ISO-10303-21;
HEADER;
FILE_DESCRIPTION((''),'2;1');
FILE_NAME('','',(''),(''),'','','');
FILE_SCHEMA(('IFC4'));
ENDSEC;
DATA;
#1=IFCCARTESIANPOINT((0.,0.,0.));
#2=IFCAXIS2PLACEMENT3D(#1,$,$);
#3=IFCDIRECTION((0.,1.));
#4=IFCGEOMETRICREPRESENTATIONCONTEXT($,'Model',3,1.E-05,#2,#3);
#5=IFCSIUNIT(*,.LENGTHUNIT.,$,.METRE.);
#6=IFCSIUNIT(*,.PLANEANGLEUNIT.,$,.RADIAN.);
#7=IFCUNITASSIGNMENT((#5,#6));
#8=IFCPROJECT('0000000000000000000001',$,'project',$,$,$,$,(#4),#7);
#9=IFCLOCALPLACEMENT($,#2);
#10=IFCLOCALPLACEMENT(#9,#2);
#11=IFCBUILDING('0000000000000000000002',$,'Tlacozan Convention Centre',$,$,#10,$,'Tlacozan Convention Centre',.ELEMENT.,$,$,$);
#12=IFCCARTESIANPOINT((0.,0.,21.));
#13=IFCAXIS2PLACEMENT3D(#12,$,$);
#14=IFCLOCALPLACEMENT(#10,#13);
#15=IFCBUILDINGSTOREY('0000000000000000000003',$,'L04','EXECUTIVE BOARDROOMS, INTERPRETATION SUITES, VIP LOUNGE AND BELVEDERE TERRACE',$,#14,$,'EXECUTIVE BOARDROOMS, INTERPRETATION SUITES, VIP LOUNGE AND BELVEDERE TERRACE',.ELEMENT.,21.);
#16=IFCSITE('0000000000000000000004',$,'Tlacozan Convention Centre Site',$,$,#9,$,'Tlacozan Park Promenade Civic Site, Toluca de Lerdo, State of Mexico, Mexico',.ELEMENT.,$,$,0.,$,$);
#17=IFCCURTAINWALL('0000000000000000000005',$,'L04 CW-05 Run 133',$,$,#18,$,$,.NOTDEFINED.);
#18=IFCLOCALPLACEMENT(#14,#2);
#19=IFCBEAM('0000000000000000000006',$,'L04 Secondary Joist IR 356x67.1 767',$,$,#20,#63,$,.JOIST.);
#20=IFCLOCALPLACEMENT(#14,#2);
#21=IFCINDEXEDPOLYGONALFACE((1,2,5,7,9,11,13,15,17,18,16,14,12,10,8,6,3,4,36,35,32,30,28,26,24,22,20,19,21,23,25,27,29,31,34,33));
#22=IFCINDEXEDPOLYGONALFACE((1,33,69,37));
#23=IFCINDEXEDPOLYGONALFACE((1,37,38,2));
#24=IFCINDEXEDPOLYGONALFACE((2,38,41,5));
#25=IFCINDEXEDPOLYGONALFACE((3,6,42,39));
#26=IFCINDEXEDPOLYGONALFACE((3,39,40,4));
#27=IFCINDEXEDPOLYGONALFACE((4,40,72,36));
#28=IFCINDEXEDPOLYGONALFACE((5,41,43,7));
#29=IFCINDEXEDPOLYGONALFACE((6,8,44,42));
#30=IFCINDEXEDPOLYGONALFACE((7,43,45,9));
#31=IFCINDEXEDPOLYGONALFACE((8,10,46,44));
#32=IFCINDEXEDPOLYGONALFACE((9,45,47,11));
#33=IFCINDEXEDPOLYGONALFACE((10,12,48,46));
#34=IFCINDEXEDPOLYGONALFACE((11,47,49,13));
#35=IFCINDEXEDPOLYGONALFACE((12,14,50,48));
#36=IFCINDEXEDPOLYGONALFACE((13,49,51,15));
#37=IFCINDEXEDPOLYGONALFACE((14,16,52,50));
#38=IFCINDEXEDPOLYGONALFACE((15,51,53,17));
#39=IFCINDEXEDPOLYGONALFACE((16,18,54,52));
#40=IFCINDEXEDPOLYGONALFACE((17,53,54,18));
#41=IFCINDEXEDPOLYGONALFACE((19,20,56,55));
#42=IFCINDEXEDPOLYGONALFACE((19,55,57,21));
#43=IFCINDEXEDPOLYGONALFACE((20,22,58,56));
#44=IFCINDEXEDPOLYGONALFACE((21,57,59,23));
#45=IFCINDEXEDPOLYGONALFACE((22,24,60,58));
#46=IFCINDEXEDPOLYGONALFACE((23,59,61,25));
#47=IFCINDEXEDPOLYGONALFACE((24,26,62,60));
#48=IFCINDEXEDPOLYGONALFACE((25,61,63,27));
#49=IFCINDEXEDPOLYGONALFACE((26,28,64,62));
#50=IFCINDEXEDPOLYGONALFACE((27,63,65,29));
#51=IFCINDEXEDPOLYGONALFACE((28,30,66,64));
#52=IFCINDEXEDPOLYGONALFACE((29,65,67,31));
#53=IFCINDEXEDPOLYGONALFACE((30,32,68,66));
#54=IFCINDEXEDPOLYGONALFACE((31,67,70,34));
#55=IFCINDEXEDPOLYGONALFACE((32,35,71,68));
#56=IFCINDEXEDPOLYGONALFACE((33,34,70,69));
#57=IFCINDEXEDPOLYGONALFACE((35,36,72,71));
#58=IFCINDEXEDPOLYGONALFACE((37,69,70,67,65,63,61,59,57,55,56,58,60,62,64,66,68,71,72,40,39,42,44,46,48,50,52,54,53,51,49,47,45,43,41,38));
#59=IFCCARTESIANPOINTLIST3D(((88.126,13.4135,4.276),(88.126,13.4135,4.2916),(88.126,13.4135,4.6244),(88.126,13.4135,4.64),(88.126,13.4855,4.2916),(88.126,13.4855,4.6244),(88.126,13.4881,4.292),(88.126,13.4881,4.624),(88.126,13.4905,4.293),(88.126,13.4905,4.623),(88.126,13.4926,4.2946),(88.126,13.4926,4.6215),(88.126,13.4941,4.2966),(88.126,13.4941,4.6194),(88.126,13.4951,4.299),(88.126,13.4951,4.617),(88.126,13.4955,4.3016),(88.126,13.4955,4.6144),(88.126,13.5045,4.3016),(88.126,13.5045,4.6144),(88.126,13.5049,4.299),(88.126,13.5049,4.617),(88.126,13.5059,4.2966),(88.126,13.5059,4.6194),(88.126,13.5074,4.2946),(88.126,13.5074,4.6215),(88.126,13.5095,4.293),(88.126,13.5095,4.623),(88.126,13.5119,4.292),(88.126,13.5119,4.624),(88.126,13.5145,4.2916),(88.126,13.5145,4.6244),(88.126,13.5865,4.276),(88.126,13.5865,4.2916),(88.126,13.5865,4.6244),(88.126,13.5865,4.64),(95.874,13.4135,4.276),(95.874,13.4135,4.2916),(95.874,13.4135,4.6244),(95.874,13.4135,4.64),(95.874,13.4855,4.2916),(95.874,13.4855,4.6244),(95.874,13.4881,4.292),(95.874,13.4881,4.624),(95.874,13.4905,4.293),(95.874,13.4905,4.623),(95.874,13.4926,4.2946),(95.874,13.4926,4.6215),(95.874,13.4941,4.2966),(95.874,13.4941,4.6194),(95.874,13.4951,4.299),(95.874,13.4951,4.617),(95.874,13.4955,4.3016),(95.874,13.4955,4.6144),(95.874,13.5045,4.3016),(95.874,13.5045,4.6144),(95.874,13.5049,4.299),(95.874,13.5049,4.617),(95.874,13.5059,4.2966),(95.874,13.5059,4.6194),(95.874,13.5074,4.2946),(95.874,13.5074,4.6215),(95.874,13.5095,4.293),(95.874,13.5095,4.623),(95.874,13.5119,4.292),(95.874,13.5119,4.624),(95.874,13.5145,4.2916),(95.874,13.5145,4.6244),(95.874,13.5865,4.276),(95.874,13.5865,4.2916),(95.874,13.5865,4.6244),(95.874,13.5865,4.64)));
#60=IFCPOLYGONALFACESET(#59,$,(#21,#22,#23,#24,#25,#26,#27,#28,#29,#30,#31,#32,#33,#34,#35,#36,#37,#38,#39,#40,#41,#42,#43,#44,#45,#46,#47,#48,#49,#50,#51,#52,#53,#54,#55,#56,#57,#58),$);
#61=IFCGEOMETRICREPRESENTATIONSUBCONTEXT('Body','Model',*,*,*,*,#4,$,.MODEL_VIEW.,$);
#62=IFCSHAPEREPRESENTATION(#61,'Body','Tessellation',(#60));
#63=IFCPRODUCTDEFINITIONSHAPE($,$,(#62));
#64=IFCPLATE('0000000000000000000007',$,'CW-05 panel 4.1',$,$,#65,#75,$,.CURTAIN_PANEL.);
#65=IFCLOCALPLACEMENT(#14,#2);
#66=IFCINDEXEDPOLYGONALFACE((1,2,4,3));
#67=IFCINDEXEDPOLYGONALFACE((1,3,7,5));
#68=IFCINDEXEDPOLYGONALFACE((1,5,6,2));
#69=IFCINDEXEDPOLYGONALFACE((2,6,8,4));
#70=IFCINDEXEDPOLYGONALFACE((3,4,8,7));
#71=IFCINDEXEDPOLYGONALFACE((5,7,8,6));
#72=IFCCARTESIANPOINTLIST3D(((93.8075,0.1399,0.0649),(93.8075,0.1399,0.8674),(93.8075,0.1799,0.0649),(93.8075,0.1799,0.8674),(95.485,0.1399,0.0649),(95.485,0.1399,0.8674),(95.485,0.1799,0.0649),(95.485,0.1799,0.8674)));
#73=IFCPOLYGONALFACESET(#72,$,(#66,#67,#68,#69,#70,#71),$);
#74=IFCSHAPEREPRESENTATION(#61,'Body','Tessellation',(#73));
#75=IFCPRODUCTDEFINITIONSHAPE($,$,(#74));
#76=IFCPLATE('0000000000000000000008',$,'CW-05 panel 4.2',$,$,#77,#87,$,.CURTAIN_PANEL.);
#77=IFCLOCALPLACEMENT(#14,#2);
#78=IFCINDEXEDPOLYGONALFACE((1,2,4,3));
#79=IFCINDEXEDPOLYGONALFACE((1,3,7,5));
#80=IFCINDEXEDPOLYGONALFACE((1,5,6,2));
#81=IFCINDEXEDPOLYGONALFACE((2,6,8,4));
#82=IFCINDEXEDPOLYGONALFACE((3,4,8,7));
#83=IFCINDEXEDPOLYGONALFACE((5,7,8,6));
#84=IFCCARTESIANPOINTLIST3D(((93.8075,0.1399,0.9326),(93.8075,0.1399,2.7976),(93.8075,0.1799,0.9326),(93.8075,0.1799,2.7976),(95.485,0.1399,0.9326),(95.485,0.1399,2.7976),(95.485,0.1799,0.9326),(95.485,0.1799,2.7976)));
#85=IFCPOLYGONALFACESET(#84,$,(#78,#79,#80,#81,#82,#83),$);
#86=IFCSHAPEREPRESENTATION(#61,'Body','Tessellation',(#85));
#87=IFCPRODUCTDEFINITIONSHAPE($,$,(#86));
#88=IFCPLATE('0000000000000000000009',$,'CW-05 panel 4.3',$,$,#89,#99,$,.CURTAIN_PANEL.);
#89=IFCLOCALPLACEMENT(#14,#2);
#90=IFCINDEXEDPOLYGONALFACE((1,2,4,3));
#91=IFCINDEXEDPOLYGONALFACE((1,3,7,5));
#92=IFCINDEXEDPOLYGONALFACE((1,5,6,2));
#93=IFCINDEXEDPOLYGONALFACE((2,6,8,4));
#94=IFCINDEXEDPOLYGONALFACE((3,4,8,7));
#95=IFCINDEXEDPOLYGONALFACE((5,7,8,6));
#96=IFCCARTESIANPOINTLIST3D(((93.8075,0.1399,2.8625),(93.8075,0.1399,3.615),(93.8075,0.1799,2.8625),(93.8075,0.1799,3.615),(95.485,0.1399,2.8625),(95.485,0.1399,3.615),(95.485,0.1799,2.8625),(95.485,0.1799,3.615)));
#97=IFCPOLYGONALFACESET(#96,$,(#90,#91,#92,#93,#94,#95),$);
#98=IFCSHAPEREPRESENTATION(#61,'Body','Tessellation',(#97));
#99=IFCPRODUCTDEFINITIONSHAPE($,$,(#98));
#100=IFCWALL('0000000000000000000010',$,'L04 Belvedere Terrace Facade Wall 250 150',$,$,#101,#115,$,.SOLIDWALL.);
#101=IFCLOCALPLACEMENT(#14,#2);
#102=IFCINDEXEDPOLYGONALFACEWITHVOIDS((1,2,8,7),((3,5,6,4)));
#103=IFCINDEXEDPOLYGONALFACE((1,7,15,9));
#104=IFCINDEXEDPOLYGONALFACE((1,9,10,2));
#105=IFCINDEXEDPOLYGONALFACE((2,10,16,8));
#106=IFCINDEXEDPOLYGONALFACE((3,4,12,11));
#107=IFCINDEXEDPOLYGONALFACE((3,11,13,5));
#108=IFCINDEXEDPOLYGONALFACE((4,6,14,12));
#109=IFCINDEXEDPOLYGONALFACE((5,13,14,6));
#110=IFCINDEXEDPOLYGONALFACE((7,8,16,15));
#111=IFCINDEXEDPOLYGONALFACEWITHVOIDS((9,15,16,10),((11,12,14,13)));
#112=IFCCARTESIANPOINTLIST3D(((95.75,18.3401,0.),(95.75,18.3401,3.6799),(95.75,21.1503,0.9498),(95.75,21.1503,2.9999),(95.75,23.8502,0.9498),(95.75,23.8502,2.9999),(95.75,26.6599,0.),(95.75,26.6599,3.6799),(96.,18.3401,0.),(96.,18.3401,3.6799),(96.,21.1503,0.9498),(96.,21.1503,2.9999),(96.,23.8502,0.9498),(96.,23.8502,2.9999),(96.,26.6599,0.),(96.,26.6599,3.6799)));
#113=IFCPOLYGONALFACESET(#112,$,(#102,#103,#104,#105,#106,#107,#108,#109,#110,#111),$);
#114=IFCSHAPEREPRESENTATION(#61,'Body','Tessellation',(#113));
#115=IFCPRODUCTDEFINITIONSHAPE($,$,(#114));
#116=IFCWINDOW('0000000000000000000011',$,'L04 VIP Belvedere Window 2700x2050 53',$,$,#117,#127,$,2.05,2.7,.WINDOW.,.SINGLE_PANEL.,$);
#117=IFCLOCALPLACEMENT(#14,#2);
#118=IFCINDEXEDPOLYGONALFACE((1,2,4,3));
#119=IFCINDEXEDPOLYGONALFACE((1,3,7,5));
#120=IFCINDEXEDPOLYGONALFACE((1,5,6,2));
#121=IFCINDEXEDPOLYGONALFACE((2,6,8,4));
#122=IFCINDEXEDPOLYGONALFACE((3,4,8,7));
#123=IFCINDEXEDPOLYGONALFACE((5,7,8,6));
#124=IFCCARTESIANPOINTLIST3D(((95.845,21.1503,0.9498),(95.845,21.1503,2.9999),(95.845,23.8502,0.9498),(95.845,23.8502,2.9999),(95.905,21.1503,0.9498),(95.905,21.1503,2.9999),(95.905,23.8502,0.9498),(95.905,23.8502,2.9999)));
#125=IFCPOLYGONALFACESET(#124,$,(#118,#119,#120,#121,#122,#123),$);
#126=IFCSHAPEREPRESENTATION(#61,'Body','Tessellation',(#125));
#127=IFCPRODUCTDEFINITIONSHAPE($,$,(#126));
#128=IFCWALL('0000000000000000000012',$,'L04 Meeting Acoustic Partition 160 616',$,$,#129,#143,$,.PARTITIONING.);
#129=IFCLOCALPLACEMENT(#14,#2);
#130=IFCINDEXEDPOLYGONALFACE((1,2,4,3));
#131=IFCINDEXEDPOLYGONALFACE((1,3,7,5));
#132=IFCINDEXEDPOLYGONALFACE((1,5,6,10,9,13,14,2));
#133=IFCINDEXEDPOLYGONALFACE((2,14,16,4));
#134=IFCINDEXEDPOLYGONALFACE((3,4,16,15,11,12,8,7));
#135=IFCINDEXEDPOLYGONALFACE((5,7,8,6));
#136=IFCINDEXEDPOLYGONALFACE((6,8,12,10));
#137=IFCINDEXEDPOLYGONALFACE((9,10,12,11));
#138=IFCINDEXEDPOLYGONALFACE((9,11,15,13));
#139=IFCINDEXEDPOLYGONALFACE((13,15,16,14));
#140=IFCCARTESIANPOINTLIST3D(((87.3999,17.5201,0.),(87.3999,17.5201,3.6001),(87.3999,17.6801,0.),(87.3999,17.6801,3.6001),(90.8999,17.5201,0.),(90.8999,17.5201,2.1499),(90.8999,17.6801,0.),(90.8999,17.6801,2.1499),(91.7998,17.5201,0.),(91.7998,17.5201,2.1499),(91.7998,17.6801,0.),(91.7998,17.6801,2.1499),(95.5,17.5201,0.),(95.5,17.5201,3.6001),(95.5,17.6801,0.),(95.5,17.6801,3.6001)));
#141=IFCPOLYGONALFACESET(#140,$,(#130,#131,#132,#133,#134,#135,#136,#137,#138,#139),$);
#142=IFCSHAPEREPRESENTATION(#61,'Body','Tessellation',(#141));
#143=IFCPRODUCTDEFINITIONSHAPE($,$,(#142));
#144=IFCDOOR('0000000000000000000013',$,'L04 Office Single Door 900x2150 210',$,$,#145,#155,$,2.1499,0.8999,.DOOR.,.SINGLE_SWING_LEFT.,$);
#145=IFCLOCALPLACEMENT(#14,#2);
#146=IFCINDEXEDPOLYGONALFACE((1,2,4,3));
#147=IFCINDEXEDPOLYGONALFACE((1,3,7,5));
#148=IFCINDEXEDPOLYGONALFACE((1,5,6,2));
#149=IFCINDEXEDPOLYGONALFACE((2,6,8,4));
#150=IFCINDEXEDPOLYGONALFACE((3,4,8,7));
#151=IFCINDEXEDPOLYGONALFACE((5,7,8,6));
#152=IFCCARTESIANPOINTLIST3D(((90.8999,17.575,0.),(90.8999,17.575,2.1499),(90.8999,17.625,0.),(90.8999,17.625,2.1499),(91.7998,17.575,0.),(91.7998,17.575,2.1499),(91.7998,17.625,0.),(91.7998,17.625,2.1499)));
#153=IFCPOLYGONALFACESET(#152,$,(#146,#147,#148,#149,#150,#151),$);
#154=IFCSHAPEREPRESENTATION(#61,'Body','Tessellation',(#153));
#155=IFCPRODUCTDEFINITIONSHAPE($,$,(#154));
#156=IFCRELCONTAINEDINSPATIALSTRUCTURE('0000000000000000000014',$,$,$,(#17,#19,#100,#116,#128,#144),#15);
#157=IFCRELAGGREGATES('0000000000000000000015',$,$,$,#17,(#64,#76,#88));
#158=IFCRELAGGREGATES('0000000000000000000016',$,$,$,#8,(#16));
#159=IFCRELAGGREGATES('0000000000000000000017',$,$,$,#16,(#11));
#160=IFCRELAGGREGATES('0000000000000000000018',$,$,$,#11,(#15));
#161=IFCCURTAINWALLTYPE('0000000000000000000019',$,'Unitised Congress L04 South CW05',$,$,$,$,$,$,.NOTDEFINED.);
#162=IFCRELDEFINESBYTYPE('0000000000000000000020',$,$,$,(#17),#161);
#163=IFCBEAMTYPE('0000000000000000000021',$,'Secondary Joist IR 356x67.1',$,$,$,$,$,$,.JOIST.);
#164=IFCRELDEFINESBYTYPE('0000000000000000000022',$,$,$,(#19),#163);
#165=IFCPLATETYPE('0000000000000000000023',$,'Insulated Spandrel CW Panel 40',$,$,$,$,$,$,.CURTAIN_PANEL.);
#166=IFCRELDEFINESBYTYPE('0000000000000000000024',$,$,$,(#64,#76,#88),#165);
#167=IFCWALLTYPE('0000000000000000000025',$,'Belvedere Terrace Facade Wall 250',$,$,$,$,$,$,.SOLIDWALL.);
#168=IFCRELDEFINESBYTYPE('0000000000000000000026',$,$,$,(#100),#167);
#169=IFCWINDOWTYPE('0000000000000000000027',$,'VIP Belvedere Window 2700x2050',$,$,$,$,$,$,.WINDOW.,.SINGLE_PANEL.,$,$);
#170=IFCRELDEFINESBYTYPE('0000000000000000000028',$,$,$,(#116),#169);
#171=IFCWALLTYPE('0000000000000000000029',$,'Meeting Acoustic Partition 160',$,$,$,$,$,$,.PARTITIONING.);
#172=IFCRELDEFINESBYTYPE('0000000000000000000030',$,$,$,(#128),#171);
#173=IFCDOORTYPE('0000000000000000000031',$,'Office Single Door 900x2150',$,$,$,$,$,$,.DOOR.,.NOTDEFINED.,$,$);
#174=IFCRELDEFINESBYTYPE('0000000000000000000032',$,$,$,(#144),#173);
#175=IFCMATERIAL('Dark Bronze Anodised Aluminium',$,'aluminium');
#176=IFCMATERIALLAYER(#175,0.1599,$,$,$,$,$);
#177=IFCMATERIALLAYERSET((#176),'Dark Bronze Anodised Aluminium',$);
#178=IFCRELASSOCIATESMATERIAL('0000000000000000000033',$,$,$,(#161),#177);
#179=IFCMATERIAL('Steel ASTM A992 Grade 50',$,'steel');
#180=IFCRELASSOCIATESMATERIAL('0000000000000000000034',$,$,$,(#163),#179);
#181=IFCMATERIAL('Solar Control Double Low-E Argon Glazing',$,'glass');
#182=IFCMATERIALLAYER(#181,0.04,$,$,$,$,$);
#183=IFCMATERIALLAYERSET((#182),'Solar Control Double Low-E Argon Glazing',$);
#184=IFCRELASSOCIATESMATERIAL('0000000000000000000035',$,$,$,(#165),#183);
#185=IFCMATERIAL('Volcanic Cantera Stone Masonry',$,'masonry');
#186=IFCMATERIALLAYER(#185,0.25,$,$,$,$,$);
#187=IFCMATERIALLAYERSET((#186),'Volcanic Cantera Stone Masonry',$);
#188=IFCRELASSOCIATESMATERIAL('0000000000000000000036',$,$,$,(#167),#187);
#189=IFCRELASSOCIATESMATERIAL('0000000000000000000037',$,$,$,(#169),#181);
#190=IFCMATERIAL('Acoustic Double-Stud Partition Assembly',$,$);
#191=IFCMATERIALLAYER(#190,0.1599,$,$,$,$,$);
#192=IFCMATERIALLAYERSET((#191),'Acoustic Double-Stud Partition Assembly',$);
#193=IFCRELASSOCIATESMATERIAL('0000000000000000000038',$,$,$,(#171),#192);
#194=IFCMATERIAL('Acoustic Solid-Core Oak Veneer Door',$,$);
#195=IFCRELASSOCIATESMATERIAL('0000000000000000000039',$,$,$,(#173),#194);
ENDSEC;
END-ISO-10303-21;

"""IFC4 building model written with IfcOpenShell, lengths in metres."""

from ifc_helpers import new_model, si_unit, direction, frame, frame_2d, origin, origin_2d, place, context, subcontext, project, spatial, rectangle, i_section, extrude, material, layer, layer_set, material_profile, profile_set, type_object, element, fill, aggregate, save


model = new_model("IFC4")

# Units and contexts
model_context = context("Model", 3, precision=1e-05, world=origin(), true_north=direction((0.0, 1.0)))
body_context = subcontext(model_context, "Body", "Model", "MODEL_VIEW")
ifc_project = project(units=[si_unit("LENGTHUNIT", "METRE"), si_unit("PLANEANGLEUNIT", "RADIAN")], contexts=[model_context])

# Site, building, storey
site_placement = place(None, origin())
site = spatial("IfcSite", under=ifc_project, at=site_placement, Name="Tlacozan Convention Centre Site", LongName="Tlacozan Park Promenade Civic Site, Toluca de Lerdo, State of Mexico, Mexico", CompositionType="ELEMENT", RefElevation=0.0)
building_placement = place(site_placement, origin())
building = spatial("IfcBuilding", under=site, at=building_placement, Name="Tlacozan Convention Centre", LongName="Tlacozan Convention Centre", CompositionType="ELEMENT")
storey_placement = place(building_placement, frame((0.0, 0.0, 21.0)))
storey = spatial("IfcBuildingStorey", under=building, at=storey_placement, Name="L04", Description="EXECUTIVE BOARDROOMS, INTERPRETATION SUITES, VIP LOUNGE AND BELVEDERE TERRACE", LongName="EXECUTIVE BOARDROOMS, INTERPRETATION SUITES, VIP LOUNGE AND BELVEDERE TERRACE", CompositionType="ELEMENT", Elevation=21.0)

# Curtain wall
ifc_material_1 = material(Name="Dark Bronze Anodised Aluminium", Category="aluminium")
ifc_layer_1 = layer(ifc_material_1, 0.1599)
ifc_layer_set_1 = layer_set([ifc_layer_1], Name="Dark Bronze Anodised Aluminium")
curtain_wall_type = type_object("IfcCurtainWallType", Name="Unitised Congress L04 South CW05", PredefinedType="NOTDEFINED", material=ifc_layer_set_1)
curtain_wall_placement = place(storey_placement, origin())
curtain_wall = element("IfcCurtainWall", 1, at=curtain_wall_placement, inside=storey, type_object=curtain_wall_type, Name="L04 CW-05 Run 133", PredefinedType="NOTDEFINED")

# Beam
ifc_material_2 = material(Name="Steel ASTM A992 Grade 50", Category="steel")
ifc_material_profile_1 = material_profile(ifc_material_2, i_section(OverallWidth=0.1731, OverallDepth=0.364, WebThickness=0.009, FlangeThickness=0.0156, FilletRadius=0.01, at=origin_2d()), Name="IR 356x67.1")
ifc_profile_set_1 = profile_set([ifc_material_profile_1], Name="Steel ASTM A992 Grade 50")
beam_type_1 = type_object("IfcBeamType", Name="Secondary Joist IR 356x67.1", PredefinedType="JOIST", material=ifc_profile_set_1)
for number, where, z_axis, x_axis, name in (
    (2, (88.126, 13.5, 4.458), (1.0, 0.0, 0.0), (0.0, 1.0, 0.0), "L04 Secondary Joist IR 356x67.1 767"),
):
    element("IfcBeam", number, at=place(storey_placement, frame(where, z_axis=z_axis, x_axis=x_axis)), inside=storey, type_object=beam_type_1, Name=name, PredefinedType="JOIST", context=body_context, shape_type="SweptSolid", body=[
        extrude(i_section(OverallWidth=0.1731, OverallDepth=0.364, WebThickness=0.009, FlangeThickness=0.0156, FilletRadius=0.01, at=origin_2d()), origin(), (0.0, 0.0, 1.0), 7.748),
    ])

# Plates
ifc_material_3 = material(Name="Solar Control Double Low-E Argon Glazing", Category="glass")
ifc_layer_2 = layer(ifc_material_3, 0.04)
ifc_layer_set_2 = layer_set([ifc_layer_2], Name="Solar Control Double Low-E Argon Glazing")
plate_type = type_object("IfcPlateType", Name="Insulated Spandrel CW Panel 40", PredefinedType="CURTAIN_PANEL", material=ifc_layer_set_2)
plate_1_placement = place(storey_placement, frame((94.6462, 0.1599, 0.0649), z_axis=(0.0, 0.0, 1.0), x_axis=(1.0, 0.0, 0.0)))
plate_1 = element("IfcPlate", 3, at=plate_1_placement, type_object=plate_type, Name="CW-05 panel 4.1", PredefinedType="CURTAIN_PANEL", context=body_context, shape_type="SweptSolid", body=[
    extrude(rectangle(XDim=1.6775, YDim=0.04, at=origin_2d()), origin(), (0.0, 0.0, 1.0), 0.8025),
])
plate_2_placement = place(storey_placement, frame((94.6462, 0.1599, 0.9326), z_axis=(0.0, 0.0, 1.0), x_axis=(1.0, 0.0, 0.0)))
plate_2 = element("IfcPlate", 4, at=plate_2_placement, type_object=plate_type, Name="CW-05 panel 4.2", PredefinedType="CURTAIN_PANEL", context=body_context, shape_type="SweptSolid", body=[
    extrude(rectangle(XDim=1.6775, YDim=0.04, at=origin_2d()), origin(), (0.0, 0.0, 1.0), 1.865),
])
plate_3_placement = place(storey_placement, frame((94.6462, 0.1599, 2.8625), z_axis=(0.0, 0.0, 1.0), x_axis=(1.0, 0.0, 0.0)))
plate_3 = element("IfcPlate", 5, at=plate_3_placement, type_object=plate_type, Name="CW-05 panel 4.3", PredefinedType="CURTAIN_PANEL", context=body_context, shape_type="SweptSolid", body=[
    extrude(rectangle(XDim=1.6775, YDim=0.04, at=origin_2d()), origin(), (0.0, 0.0, 1.0), 0.7524),
])
aggregate(curtain_wall, [plate_1, plate_2, plate_3])

# Shared definitions
ifc_material_4 = material(Name="Volcanic Cantera Stone Masonry", Category="masonry")
ifc_layer_3 = layer(ifc_material_4, 0.25)
ifc_layer_set_3 = layer_set([ifc_layer_3], Name="Volcanic Cantera Stone Masonry")
wall_type_1 = type_object("IfcWallType", Name="Belvedere Terrace Facade Wall 250", PredefinedType="SOLIDWALL", material=ifc_layer_set_3)

# Wall, opening, window
wall_1_placement = place(storey_placement, frame((95.875, 18.3401, 0.0), z_axis=(0.0, 0.0, 1.0), x_axis=(0.0, 1.0, 0.0)))
wall_1 = element("IfcWall", 6, at=wall_1_placement, inside=storey, type_object=wall_type_1, Name="L04 Belvedere Terrace Facade Wall 250 150", PredefinedType="SOLIDWALL", context=body_context, shape_type="SweptSolid", body=[
    extrude(rectangle(XDim=8.3198, YDim=0.25, at=frame_2d((4.1599, 0.0))), origin(), (0.0, 0.0, 1.0), 3.6799),
])
opening_1_placement = place(wall_1_placement, frame((2.8101, 0.0, 0.95)))
opening_1 = element("IfcOpeningElement", 7, at=opening_1_placement, cuts=wall_1, PredefinedType="OPENING", context=body_context, shape_type="SweptSolid", body=[
    extrude(rectangle(XDim=2.7, YDim=2.05, at=frame_2d((1.3501, 1.0249))), frame((0.0, 0.135, 0.0), z_axis=(0.0, -1.0, 0.0), x_axis=(1.0, 0.0, 0.0)), (0.0, 0.0, 1.0), 0.27),
])
window_type = type_object("IfcWindowType", Name="VIP Belvedere Window 2700x2050", PartitioningType="SINGLE_PANEL", PredefinedType="WINDOW", material=ifc_material_3)
window_placement = place(opening_1_placement, origin())
window = element("IfcWindow", 8, at=window_placement, inside=storey, type_object=window_type, Name="L04 VIP Belvedere Window 2700x2050 53", OverallHeight=2.05, OverallWidth=2.7, PartitioningType="SINGLE_PANEL", PredefinedType="WINDOW", context=body_context, shape_type="SweptSolid", body=[
    extrude(rectangle(XDim=2.7, YDim=2.05, at=frame_2d((1.3501, 1.0249))), frame((0.0, 0.03, 0.0), z_axis=(0.0, -1.0, 0.0), x_axis=(1.0, 0.0, 0.0)), (0.0, 0.0, 1.0), 0.0601),
])
fill(opening_1, window)

# Wall, opening, door
ifc_material_5 = material(Name="Acoustic Double-Stud Partition Assembly")
ifc_layer_4 = layer(ifc_material_5, 0.1599)
ifc_layer_set_4 = layer_set([ifc_layer_4], Name="Acoustic Double-Stud Partition Assembly")
wall_type_2 = type_object("IfcWallType", Name="Meeting Acoustic Partition 160", PredefinedType="PARTITIONING", material=ifc_layer_set_4)
wall_2_placement = place(storey_placement, frame((87.3999, 17.6001, 0.0), z_axis=(0.0, 0.0, 1.0), x_axis=(1.0, 0.0, 0.0)))
wall_2 = element("IfcWall", 9, at=wall_2_placement, inside=storey, type_object=wall_type_2, Name="L04 Meeting Acoustic Partition 160 616", PredefinedType="PARTITIONING", context=body_context, shape_type="SweptSolid", body=[
    extrude(rectangle(XDim=8.1001, YDim=0.1599, at=frame_2d((4.05, 0.0))), origin(), (0.0, 0.0, 1.0), 3.6001),
])
opening_2_placement = place(wall_2_placement, frame((3.5, 0.0, 0.0)))
opening_2 = element("IfcOpeningElement", 10, at=opening_2_placement, cuts=wall_2, PredefinedType="OPENING", context=body_context, shape_type="SweptSolid", body=[
    extrude(rectangle(XDim=0.8999, YDim=2.1499, at=frame_2d((0.45, 1.075))), frame((0.0, 0.0898, 0.0), z_axis=(0.0, -1.0, 0.0), x_axis=(1.0, 0.0, 0.0)), (0.0, 0.0, 1.0), 0.1799),
])
ifc_material_6 = material(Name="Acoustic Solid-Core Oak Veneer Door")
door_type_1 = type_object("IfcDoorType", Name="Office Single Door 900x2150", OperationType="NOTDEFINED", PredefinedType="DOOR", material=ifc_material_6)
door_1_placement = place(opening_2_placement, origin())
door_1 = element("IfcDoor", 11, at=door_1_placement, inside=storey, type_object=door_type_1, Name="L04 Office Single Door 900x2150 210", OperationType="SINGLE_SWING_LEFT", OverallHeight=2.1499, OverallWidth=0.8999, PredefinedType="DOOR", context=body_context, shape_type="SweptSolid", body=[
    extrude(rectangle(XDim=0.8999, YDim=2.1499, at=frame_2d((0.45, 1.075))), frame((0.0, 0.0249, 0.0), z_axis=(0.0, -1.0, 0.0), x_axis=(1.0, 0.0, 0.0)), (0.0, 0.0, 1.0), 0.05),
])
fill(opening_2, door_1)

save(model, "model.ifc")
